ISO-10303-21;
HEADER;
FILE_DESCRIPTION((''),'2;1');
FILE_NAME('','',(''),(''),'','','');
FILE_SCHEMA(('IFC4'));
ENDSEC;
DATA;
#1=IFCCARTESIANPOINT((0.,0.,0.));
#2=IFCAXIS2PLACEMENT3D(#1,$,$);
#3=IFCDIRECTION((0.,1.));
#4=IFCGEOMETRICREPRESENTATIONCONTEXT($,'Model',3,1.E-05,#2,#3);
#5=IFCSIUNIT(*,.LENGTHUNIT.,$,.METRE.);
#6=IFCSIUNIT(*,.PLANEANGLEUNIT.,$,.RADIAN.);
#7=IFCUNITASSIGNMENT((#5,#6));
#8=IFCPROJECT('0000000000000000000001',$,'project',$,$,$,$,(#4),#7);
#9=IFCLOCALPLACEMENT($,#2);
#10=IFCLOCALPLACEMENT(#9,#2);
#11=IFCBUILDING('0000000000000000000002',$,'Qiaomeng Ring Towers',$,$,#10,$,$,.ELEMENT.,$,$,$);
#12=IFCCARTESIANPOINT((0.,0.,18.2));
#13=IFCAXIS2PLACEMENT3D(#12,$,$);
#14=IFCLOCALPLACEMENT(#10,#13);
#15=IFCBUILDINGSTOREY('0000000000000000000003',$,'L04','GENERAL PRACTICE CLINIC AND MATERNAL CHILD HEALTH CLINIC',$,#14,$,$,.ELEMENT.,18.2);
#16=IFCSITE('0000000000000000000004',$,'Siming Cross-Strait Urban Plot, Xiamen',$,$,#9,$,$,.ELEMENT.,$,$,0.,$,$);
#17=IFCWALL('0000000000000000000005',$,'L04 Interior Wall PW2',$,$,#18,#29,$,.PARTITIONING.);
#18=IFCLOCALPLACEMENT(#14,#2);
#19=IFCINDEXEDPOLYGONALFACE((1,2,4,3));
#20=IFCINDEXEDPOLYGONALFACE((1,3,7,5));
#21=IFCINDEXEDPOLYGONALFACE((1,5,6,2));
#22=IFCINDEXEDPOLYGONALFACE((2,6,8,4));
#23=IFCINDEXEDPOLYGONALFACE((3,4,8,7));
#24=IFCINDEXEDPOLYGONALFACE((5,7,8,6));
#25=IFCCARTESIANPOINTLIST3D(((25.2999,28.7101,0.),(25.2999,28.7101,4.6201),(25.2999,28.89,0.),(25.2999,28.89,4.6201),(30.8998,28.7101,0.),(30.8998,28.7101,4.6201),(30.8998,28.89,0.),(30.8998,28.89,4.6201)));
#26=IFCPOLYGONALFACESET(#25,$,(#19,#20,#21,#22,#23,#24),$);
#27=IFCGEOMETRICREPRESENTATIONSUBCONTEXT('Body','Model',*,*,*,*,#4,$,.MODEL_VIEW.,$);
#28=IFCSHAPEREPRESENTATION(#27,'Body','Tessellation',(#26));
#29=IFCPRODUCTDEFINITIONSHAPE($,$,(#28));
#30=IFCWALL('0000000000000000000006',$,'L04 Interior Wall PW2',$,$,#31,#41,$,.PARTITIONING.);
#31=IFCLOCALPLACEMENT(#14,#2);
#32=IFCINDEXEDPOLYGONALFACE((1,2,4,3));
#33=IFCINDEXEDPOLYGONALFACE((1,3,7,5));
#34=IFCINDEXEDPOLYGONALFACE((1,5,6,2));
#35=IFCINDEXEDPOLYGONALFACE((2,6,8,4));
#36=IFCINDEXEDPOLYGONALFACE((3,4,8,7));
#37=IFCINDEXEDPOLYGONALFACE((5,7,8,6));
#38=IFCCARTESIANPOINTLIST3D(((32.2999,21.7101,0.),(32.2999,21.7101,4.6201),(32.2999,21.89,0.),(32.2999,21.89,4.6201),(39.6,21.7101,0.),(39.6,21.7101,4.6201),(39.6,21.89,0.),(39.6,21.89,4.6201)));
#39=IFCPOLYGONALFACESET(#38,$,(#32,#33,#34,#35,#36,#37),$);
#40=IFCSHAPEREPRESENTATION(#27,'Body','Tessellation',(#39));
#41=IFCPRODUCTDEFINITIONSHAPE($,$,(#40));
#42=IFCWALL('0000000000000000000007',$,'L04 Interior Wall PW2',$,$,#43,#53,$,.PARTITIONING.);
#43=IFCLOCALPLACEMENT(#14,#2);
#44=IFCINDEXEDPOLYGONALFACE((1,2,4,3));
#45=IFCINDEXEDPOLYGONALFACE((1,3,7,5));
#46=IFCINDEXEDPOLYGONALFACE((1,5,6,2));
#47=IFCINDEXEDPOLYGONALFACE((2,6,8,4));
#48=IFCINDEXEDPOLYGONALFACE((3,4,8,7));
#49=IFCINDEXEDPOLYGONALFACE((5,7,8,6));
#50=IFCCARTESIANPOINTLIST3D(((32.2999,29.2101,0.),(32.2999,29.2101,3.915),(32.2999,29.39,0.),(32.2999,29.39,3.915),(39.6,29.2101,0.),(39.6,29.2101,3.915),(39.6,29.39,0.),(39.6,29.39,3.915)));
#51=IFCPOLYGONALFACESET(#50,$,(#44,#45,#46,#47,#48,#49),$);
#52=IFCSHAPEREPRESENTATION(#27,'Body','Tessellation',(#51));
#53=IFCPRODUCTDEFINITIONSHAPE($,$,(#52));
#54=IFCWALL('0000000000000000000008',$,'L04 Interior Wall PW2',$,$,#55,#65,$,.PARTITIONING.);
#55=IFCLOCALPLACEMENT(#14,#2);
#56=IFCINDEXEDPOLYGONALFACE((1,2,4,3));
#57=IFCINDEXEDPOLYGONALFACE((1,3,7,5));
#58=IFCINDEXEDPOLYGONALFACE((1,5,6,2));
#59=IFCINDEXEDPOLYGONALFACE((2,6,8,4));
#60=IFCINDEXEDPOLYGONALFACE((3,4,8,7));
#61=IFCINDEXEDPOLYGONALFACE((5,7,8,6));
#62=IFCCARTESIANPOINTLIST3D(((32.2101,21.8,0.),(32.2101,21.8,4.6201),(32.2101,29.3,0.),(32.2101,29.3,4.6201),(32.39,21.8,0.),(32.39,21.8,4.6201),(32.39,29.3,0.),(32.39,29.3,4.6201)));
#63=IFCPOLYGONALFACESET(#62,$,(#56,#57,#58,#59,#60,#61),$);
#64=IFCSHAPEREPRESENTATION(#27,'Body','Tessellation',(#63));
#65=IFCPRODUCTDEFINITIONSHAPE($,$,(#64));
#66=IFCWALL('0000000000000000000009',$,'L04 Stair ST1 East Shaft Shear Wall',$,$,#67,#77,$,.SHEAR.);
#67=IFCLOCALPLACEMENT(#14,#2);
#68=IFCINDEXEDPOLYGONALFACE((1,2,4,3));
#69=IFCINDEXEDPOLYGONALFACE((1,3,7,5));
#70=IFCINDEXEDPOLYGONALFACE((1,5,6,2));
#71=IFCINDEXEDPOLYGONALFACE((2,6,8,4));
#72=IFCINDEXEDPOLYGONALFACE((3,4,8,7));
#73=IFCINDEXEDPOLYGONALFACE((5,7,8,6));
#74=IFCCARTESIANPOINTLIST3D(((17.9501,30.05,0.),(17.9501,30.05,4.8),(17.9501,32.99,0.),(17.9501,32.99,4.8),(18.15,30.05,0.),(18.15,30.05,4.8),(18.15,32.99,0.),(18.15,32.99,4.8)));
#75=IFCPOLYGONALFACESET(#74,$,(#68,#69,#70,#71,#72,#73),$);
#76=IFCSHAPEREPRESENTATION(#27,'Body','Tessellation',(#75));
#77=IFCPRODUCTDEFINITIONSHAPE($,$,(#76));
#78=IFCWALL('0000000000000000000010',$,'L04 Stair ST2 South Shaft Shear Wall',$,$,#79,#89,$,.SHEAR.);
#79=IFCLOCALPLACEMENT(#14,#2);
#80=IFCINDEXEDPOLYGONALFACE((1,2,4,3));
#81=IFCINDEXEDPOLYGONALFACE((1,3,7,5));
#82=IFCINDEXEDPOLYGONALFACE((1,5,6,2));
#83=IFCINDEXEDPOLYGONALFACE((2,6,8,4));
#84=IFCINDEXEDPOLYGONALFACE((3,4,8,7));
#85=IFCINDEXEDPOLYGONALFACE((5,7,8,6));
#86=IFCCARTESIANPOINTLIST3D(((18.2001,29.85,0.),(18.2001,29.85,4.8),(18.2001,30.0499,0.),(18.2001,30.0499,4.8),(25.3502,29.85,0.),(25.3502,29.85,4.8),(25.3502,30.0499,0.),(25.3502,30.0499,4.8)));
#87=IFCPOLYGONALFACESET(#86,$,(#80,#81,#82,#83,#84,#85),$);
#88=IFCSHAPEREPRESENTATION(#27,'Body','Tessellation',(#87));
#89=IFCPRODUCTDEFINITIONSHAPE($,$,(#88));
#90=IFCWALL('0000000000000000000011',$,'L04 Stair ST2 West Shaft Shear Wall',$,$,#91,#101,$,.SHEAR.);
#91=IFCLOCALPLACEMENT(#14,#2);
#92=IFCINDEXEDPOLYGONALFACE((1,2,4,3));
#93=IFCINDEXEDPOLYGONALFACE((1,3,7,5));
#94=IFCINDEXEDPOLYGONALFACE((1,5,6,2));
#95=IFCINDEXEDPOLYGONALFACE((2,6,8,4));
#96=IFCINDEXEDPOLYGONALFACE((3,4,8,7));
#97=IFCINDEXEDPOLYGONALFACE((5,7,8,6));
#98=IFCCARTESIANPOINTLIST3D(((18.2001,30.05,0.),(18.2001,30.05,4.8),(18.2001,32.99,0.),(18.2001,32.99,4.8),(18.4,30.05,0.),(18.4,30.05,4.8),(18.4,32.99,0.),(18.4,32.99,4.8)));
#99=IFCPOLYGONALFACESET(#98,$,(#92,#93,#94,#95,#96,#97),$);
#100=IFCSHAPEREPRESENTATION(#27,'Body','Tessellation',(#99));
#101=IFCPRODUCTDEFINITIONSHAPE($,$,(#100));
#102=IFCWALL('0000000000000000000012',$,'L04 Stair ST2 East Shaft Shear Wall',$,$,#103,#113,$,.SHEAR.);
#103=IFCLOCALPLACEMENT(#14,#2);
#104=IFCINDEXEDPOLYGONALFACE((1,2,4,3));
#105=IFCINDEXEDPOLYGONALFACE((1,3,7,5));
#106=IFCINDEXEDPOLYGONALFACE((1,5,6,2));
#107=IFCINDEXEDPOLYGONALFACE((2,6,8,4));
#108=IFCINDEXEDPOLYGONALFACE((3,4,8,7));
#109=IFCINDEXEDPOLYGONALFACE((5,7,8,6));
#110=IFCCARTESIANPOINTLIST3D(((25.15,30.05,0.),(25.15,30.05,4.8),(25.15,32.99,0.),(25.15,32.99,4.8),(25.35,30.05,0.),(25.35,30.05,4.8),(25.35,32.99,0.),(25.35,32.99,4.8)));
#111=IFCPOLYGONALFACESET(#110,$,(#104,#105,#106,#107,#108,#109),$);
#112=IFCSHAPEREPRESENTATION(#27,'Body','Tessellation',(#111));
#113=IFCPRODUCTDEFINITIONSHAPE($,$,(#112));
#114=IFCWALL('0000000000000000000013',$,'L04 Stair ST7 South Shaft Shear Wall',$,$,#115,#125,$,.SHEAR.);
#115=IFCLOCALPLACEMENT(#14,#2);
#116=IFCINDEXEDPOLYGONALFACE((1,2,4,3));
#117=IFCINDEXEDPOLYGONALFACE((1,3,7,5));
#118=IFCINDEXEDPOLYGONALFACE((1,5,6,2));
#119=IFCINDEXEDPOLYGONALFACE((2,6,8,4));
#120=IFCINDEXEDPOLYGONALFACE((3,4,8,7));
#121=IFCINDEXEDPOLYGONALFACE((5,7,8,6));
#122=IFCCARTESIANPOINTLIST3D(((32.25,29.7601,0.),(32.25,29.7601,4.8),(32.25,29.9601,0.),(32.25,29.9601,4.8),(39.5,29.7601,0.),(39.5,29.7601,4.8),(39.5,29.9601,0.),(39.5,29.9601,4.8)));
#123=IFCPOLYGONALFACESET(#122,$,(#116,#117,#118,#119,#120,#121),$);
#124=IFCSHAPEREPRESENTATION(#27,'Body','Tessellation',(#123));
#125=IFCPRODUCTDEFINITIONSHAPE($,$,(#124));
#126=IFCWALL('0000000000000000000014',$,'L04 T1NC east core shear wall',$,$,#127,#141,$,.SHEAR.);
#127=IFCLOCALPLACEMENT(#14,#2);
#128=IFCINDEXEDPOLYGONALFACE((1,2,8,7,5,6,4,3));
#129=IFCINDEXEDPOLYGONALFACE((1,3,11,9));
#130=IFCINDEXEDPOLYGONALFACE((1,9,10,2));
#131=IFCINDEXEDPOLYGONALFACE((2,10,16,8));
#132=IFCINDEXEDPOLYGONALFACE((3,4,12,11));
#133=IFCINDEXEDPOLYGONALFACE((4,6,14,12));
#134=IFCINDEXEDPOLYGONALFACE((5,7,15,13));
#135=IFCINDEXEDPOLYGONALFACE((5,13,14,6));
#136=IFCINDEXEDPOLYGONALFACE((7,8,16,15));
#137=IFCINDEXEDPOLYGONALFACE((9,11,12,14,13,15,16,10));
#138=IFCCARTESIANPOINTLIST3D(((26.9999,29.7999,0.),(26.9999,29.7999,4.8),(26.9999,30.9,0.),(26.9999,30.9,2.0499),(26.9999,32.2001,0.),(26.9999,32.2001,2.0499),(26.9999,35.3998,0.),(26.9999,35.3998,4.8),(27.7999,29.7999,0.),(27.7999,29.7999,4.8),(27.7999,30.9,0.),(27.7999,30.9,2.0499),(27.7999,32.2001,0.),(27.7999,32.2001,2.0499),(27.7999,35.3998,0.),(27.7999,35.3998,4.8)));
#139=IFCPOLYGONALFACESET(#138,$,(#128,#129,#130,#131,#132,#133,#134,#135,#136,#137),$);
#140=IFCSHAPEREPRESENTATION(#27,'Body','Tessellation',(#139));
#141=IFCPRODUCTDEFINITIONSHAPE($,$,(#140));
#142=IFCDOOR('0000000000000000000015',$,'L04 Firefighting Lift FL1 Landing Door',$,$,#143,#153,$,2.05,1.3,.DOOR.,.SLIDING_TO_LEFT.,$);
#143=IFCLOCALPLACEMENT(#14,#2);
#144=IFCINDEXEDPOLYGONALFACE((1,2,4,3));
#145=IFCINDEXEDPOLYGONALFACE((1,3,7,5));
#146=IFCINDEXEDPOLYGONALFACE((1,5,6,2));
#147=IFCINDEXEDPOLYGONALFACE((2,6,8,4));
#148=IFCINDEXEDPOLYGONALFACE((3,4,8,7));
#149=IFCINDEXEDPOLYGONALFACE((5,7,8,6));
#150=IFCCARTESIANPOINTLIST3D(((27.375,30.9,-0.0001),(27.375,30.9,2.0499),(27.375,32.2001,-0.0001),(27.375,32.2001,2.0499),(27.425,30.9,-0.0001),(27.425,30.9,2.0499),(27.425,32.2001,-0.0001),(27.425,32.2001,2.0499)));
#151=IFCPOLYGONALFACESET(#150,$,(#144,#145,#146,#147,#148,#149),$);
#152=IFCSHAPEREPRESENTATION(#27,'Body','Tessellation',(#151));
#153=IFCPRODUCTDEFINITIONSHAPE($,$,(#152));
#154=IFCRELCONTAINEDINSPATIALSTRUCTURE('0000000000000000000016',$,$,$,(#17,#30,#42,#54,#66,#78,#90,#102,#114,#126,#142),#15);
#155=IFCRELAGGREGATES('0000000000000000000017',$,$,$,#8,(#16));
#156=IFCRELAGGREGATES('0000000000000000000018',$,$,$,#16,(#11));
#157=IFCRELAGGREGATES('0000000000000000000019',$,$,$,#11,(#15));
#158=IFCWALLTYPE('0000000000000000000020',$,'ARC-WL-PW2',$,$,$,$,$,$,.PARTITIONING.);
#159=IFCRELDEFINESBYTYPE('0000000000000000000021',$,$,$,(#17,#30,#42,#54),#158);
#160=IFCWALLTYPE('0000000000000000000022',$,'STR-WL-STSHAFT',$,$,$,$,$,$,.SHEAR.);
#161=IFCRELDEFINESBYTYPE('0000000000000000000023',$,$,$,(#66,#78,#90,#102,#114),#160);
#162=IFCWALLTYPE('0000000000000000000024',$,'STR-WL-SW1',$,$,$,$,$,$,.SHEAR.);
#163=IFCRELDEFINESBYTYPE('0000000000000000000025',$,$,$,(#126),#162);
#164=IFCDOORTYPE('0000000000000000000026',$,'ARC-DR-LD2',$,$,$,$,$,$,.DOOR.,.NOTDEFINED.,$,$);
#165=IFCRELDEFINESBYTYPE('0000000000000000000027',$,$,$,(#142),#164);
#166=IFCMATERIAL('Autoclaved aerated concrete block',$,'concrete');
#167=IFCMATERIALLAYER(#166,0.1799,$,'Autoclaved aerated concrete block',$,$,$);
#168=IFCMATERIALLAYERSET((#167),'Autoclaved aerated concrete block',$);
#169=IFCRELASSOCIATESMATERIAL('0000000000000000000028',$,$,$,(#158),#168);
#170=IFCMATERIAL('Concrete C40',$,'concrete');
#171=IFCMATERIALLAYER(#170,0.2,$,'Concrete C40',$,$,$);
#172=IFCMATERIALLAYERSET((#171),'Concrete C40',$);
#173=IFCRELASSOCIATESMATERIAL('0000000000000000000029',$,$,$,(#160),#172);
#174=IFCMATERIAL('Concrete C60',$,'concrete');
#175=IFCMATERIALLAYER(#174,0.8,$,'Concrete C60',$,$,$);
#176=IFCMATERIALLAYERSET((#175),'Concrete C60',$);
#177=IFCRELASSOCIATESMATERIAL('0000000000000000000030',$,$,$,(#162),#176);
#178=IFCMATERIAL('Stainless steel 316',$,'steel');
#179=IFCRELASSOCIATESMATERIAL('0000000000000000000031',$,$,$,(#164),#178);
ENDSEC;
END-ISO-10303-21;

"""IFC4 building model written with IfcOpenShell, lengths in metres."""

from ifc_helpers import new_model, si_unit, direction, frame, frame_2d, origin, place, context, subcontext, project, spatial, rectangle, extrude, source, transform, mapped, material, layer, layer_set, type_object, element, fill, save


model = new_model("IFC4")

# Units and contexts
model_context = context("Model", 3, precision=1e-05, world=origin(), true_north=direction((0.0, 1.0)))
body_context = subcontext(model_context, "Body", "Model", "MODEL_VIEW")
ifc_project = project(units=[si_unit("LENGTHUNIT", "METRE"), si_unit("PLANEANGLEUNIT", "RADIAN")], contexts=[model_context])

# Site, building, storey
site_placement = place(None, origin())
site = spatial("IfcSite", under=ifc_project, at=site_placement, Name="Siming Cross-Strait Urban Plot, Xiamen", CompositionType="ELEMENT", RefElevation=0.0)
building_placement = place(site_placement, origin())
building = spatial("IfcBuilding", under=site, at=building_placement, Name="Qiaomeng Ring Towers", CompositionType="ELEMENT")
storey_placement = place(building_placement, frame((0.0, 0.0, 18.2)))
storey = spatial("IfcBuildingStorey", under=building, at=storey_placement, Name="L04", Description="GENERAL PRACTICE CLINIC AND MATERNAL CHILD HEALTH CLINIC", CompositionType="ELEMENT", Elevation=18.2)

# Shared definitions
ifc_material_1 = material(Name="Autoclaved aerated concrete block", Category="concrete")

# Walls
ifc_layer_1 = layer(ifc_material_1, 0.1799, Name="Autoclaved aerated concrete block")
ifc_layer_set_1 = layer_set([ifc_layer_1], Name="Autoclaved aerated concrete block")
wall_type_1 = type_object("IfcWallType", Name="ARC-WL-PW2", PredefinedType="PARTITIONING", material=ifc_layer_set_1)
wall_1_placement = place(storey_placement, frame((25.3, 28.8, 0.0), z_axis=(0.0, 0.0, 1.0), x_axis=(1.0, 0.0, 0.0)))
element("IfcWall", 1, at=wall_1_placement, inside=storey, type_object=wall_type_1, Name="L04 Interior Wall PW2", PredefinedType="PARTITIONING", context=body_context, shape_type="SweptSolid", body=[
    extrude(rectangle(XDim=5.5999, YDim=0.1799, at=frame_2d((2.7998, 0.0))), origin(), (0.0, 0.0, 1.0), 4.6201),
])
wall_2_placement = place(storey_placement, frame((32.3, 21.8, 0.0), z_axis=(0.0, 0.0, 1.0), x_axis=(1.0, 0.0, 0.0)))
element("IfcWall", 2, at=wall_2_placement, inside=storey, type_object=wall_type_1, Name="L04 Interior Wall PW2", PredefinedType="PARTITIONING", context=body_context, shape_type="SweptSolid", body=[
    extrude(rectangle(XDim=7.3, YDim=0.1799, at=frame_2d((3.6499, 0.0))), origin(), (0.0, 0.0, 1.0), 4.6201),
])
wall_3_placement = place(storey_placement, frame((32.3, 29.3, 0.0), z_axis=(0.0, 0.0, 1.0), x_axis=(1.0, 0.0, 0.0)))
element("IfcWall", 3, at=wall_3_placement, inside=storey, type_object=wall_type_1, Name="L04 Interior Wall PW2", PredefinedType="PARTITIONING", context=body_context, shape_type="SweptSolid", body=[
    extrude(rectangle(XDim=7.3, YDim=0.1799, at=frame_2d((3.6499, 0.0))), origin(), (0.0, 0.0, 1.0), 3.915),
])
wall_4_placement = place(storey_placement, frame((32.3, 21.8, 0.0), z_axis=(0.0, 0.0, 1.0), x_axis=(0.0, 1.0, 0.0)))
element("IfcWall", 4, at=wall_4_placement, inside=storey, type_object=wall_type_1, Name="L04 Interior Wall PW2", PredefinedType="PARTITIONING", context=body_context, shape_type="SweptSolid", body=[
    extrude(rectangle(XDim=7.5, YDim=0.1799, at=frame_2d((3.75, 0.0))), origin(), (0.0, 0.0, 1.0), 4.6201),
])
ifc_material_2 = material(Name="Concrete C40", Category="concrete")
ifc_layer_2 = layer(ifc_material_2, 0.2, Name="Concrete C40")
ifc_layer_set_2 = layer_set([ifc_layer_2], Name="Concrete C40")
wall_type_2 = type_object("IfcWallType", Name="STR-WL-STSHAFT", PredefinedType="SHEAR", material=ifc_layer_set_2)
wall_5_placement = place(storey_placement, frame((18.05, 30.05, 0.0), z_axis=(0.0, 0.0, 1.0), x_axis=(0.0, 1.0, 0.0)))
element("IfcWall", 5, at=wall_5_placement, inside=storey, type_object=wall_type_2, Name="L04 Stair ST1 East Shaft Shear Wall", PredefinedType="SHEAR", context=body_context, shape_type="SweptSolid", body=[
    extrude(rectangle(XDim=2.9399, YDim=0.2, at=frame_2d((1.47, 0.0))), origin(), (0.0, 0.0, 1.0), 4.8),
])
wall_6_placement = place(storey_placement, frame((18.2, 29.95, 0.0), z_axis=(0.0, 0.0, 1.0), x_axis=(1.0, 0.0, 0.0)))
element("IfcWall", 6, at=wall_6_placement, inside=storey, type_object=wall_type_2, Name="L04 Stair ST2 South Shaft Shear Wall", PredefinedType="SHEAR", context=body_context, shape_type="SweptSolid", body=[
    extrude(rectangle(XDim=7.1501, YDim=0.2, at=frame_2d((3.5752, 0.0))), origin(), (0.0, 0.0, 1.0), 4.8),
])
for number, where, z_axis, x_axis, name in (
    (7, (18.3, 30.05, 0.0), (0.0, 0.0, 1.0), (0.0, 1.0, 0.0), "L04 Stair ST2 West Shaft Shear Wall"),
    (8, (25.25, 30.05, 0.0), (0.0, 0.0, 1.0), (0.0, 1.0, 0.0), "L04 Stair ST2 East Shaft Shear Wall"),
):
    element("IfcWall", number, at=place(storey_placement, frame(where, z_axis=z_axis, x_axis=x_axis)), inside=storey, type_object=wall_type_2, Name=name, PredefinedType="SHEAR", context=body_context, shape_type="SweptSolid", body=[
        extrude(rectangle(XDim=2.9399, YDim=0.2, at=frame_2d((1.47, 0.0))), origin(), (0.0, 0.0, 1.0), 4.8),
    ])
wall_7_placement = place(storey_placement, frame((32.25, 29.8601, 0.0), z_axis=(0.0, 0.0, 1.0), x_axis=(1.0, 0.0, 0.0)))
element("IfcWall", 9, at=wall_7_placement, inside=storey, type_object=wall_type_2, Name="L04 Stair ST7 South Shaft Shear Wall", PredefinedType="SHEAR", context=body_context, shape_type="SweptSolid", body=[
    extrude(rectangle(XDim=7.25, YDim=0.2, at=frame_2d((3.625, 0.0))), origin(), (0.0, 0.0, 1.0), 4.8),
])

# Wall, opening, door
ifc_material_3 = material(Name="Concrete C60", Category="concrete")
ifc_layer_3 = layer(ifc_material_3, 0.8, Name="Concrete C60")
ifc_layer_set_3 = layer_set([ifc_layer_3], Name="Concrete C60")
wall_type_3 = type_object("IfcWallType", Name="STR-WL-SW1", PredefinedType="SHEAR", material=ifc_layer_set_3)
wall_8_placement = place(storey_placement, frame((27.3999, 29.8, 0.0), z_axis=(0.0, 0.0, 1.0), x_axis=(0.0, 1.0, 0.0)))
wall_8 = element("IfcWall", 10, at=wall_8_placement, inside=storey, type_object=wall_type_3, Name="L04 T1NC east core shear wall", PredefinedType="SHEAR", context=body_context, shape_type="SweptSolid", body=[
    extrude(rectangle(XDim=5.5999, YDim=0.8, at=frame_2d((2.7998, 0.0))), origin(), (0.0, 0.0, 1.0), 4.8),
])
opening_1_placement = place(wall_8_placement, frame((1.1001, 0.0, 0.0)))
opening_1 = element("IfcOpeningElement", 11, at=opening_1_placement, cuts=wall_8, PredefinedType="OPENING", context=body_context, shape_type="SweptSolid", body=[
    extrude(rectangle(XDim=1.3, YDim=2.05, at=frame_2d((0.6499, 1.0249))), frame((0.0, 0.4099, 0.0), z_axis=(0.0, -1.0, 0.0), x_axis=(1.0, 0.0, 0.0)), (0.0, 0.0, 1.0), 0.8201),
])
ifc_material_4 = material(Name="Stainless steel 316", Category="steel")
door_type_1 = type_object("IfcDoorType", Name="ARC-DR-LD2", OperationType="NOTDEFINED", PredefinedType="DOOR", material=ifc_material_4)
shared_shape_1 = source(origin(), body_context, "Body", "SweptSolid", [
    extrude(rectangle(XDim=1.3, YDim=2.05, at=frame_2d((0.6499, 1.0249))), frame((0.0, 0.0249, 0.0), z_axis=(0.0, -1.0, 0.0), x_axis=(1.0, 0.0, 0.0)), (0.0, 0.0, 1.0), 0.05),
])
door_1_placement = place(opening_1_placement, origin())
door_1 = element("IfcDoor", 12, at=door_1_placement, inside=storey, type_object=door_type_1, Name="L04 Firefighting Lift FL1 Landing Door", OperationType="SLIDING_TO_LEFT", OverallHeight=2.05, OverallWidth=1.3, PredefinedType="DOOR", context=body_context, shape_type="MappedRepresentation", body=[
    mapped(shared_shape_1, transform((0.0, 0.0, 0.0), x_axis=(1.0, 0.0, 0.0), y_axis=(0.0, 1.0, 0.0), z_axis=(0.0, 0.0, 1.0), scale=1.0)),
])
fill(opening_1, door_1)

save(model, "model.ifc")
